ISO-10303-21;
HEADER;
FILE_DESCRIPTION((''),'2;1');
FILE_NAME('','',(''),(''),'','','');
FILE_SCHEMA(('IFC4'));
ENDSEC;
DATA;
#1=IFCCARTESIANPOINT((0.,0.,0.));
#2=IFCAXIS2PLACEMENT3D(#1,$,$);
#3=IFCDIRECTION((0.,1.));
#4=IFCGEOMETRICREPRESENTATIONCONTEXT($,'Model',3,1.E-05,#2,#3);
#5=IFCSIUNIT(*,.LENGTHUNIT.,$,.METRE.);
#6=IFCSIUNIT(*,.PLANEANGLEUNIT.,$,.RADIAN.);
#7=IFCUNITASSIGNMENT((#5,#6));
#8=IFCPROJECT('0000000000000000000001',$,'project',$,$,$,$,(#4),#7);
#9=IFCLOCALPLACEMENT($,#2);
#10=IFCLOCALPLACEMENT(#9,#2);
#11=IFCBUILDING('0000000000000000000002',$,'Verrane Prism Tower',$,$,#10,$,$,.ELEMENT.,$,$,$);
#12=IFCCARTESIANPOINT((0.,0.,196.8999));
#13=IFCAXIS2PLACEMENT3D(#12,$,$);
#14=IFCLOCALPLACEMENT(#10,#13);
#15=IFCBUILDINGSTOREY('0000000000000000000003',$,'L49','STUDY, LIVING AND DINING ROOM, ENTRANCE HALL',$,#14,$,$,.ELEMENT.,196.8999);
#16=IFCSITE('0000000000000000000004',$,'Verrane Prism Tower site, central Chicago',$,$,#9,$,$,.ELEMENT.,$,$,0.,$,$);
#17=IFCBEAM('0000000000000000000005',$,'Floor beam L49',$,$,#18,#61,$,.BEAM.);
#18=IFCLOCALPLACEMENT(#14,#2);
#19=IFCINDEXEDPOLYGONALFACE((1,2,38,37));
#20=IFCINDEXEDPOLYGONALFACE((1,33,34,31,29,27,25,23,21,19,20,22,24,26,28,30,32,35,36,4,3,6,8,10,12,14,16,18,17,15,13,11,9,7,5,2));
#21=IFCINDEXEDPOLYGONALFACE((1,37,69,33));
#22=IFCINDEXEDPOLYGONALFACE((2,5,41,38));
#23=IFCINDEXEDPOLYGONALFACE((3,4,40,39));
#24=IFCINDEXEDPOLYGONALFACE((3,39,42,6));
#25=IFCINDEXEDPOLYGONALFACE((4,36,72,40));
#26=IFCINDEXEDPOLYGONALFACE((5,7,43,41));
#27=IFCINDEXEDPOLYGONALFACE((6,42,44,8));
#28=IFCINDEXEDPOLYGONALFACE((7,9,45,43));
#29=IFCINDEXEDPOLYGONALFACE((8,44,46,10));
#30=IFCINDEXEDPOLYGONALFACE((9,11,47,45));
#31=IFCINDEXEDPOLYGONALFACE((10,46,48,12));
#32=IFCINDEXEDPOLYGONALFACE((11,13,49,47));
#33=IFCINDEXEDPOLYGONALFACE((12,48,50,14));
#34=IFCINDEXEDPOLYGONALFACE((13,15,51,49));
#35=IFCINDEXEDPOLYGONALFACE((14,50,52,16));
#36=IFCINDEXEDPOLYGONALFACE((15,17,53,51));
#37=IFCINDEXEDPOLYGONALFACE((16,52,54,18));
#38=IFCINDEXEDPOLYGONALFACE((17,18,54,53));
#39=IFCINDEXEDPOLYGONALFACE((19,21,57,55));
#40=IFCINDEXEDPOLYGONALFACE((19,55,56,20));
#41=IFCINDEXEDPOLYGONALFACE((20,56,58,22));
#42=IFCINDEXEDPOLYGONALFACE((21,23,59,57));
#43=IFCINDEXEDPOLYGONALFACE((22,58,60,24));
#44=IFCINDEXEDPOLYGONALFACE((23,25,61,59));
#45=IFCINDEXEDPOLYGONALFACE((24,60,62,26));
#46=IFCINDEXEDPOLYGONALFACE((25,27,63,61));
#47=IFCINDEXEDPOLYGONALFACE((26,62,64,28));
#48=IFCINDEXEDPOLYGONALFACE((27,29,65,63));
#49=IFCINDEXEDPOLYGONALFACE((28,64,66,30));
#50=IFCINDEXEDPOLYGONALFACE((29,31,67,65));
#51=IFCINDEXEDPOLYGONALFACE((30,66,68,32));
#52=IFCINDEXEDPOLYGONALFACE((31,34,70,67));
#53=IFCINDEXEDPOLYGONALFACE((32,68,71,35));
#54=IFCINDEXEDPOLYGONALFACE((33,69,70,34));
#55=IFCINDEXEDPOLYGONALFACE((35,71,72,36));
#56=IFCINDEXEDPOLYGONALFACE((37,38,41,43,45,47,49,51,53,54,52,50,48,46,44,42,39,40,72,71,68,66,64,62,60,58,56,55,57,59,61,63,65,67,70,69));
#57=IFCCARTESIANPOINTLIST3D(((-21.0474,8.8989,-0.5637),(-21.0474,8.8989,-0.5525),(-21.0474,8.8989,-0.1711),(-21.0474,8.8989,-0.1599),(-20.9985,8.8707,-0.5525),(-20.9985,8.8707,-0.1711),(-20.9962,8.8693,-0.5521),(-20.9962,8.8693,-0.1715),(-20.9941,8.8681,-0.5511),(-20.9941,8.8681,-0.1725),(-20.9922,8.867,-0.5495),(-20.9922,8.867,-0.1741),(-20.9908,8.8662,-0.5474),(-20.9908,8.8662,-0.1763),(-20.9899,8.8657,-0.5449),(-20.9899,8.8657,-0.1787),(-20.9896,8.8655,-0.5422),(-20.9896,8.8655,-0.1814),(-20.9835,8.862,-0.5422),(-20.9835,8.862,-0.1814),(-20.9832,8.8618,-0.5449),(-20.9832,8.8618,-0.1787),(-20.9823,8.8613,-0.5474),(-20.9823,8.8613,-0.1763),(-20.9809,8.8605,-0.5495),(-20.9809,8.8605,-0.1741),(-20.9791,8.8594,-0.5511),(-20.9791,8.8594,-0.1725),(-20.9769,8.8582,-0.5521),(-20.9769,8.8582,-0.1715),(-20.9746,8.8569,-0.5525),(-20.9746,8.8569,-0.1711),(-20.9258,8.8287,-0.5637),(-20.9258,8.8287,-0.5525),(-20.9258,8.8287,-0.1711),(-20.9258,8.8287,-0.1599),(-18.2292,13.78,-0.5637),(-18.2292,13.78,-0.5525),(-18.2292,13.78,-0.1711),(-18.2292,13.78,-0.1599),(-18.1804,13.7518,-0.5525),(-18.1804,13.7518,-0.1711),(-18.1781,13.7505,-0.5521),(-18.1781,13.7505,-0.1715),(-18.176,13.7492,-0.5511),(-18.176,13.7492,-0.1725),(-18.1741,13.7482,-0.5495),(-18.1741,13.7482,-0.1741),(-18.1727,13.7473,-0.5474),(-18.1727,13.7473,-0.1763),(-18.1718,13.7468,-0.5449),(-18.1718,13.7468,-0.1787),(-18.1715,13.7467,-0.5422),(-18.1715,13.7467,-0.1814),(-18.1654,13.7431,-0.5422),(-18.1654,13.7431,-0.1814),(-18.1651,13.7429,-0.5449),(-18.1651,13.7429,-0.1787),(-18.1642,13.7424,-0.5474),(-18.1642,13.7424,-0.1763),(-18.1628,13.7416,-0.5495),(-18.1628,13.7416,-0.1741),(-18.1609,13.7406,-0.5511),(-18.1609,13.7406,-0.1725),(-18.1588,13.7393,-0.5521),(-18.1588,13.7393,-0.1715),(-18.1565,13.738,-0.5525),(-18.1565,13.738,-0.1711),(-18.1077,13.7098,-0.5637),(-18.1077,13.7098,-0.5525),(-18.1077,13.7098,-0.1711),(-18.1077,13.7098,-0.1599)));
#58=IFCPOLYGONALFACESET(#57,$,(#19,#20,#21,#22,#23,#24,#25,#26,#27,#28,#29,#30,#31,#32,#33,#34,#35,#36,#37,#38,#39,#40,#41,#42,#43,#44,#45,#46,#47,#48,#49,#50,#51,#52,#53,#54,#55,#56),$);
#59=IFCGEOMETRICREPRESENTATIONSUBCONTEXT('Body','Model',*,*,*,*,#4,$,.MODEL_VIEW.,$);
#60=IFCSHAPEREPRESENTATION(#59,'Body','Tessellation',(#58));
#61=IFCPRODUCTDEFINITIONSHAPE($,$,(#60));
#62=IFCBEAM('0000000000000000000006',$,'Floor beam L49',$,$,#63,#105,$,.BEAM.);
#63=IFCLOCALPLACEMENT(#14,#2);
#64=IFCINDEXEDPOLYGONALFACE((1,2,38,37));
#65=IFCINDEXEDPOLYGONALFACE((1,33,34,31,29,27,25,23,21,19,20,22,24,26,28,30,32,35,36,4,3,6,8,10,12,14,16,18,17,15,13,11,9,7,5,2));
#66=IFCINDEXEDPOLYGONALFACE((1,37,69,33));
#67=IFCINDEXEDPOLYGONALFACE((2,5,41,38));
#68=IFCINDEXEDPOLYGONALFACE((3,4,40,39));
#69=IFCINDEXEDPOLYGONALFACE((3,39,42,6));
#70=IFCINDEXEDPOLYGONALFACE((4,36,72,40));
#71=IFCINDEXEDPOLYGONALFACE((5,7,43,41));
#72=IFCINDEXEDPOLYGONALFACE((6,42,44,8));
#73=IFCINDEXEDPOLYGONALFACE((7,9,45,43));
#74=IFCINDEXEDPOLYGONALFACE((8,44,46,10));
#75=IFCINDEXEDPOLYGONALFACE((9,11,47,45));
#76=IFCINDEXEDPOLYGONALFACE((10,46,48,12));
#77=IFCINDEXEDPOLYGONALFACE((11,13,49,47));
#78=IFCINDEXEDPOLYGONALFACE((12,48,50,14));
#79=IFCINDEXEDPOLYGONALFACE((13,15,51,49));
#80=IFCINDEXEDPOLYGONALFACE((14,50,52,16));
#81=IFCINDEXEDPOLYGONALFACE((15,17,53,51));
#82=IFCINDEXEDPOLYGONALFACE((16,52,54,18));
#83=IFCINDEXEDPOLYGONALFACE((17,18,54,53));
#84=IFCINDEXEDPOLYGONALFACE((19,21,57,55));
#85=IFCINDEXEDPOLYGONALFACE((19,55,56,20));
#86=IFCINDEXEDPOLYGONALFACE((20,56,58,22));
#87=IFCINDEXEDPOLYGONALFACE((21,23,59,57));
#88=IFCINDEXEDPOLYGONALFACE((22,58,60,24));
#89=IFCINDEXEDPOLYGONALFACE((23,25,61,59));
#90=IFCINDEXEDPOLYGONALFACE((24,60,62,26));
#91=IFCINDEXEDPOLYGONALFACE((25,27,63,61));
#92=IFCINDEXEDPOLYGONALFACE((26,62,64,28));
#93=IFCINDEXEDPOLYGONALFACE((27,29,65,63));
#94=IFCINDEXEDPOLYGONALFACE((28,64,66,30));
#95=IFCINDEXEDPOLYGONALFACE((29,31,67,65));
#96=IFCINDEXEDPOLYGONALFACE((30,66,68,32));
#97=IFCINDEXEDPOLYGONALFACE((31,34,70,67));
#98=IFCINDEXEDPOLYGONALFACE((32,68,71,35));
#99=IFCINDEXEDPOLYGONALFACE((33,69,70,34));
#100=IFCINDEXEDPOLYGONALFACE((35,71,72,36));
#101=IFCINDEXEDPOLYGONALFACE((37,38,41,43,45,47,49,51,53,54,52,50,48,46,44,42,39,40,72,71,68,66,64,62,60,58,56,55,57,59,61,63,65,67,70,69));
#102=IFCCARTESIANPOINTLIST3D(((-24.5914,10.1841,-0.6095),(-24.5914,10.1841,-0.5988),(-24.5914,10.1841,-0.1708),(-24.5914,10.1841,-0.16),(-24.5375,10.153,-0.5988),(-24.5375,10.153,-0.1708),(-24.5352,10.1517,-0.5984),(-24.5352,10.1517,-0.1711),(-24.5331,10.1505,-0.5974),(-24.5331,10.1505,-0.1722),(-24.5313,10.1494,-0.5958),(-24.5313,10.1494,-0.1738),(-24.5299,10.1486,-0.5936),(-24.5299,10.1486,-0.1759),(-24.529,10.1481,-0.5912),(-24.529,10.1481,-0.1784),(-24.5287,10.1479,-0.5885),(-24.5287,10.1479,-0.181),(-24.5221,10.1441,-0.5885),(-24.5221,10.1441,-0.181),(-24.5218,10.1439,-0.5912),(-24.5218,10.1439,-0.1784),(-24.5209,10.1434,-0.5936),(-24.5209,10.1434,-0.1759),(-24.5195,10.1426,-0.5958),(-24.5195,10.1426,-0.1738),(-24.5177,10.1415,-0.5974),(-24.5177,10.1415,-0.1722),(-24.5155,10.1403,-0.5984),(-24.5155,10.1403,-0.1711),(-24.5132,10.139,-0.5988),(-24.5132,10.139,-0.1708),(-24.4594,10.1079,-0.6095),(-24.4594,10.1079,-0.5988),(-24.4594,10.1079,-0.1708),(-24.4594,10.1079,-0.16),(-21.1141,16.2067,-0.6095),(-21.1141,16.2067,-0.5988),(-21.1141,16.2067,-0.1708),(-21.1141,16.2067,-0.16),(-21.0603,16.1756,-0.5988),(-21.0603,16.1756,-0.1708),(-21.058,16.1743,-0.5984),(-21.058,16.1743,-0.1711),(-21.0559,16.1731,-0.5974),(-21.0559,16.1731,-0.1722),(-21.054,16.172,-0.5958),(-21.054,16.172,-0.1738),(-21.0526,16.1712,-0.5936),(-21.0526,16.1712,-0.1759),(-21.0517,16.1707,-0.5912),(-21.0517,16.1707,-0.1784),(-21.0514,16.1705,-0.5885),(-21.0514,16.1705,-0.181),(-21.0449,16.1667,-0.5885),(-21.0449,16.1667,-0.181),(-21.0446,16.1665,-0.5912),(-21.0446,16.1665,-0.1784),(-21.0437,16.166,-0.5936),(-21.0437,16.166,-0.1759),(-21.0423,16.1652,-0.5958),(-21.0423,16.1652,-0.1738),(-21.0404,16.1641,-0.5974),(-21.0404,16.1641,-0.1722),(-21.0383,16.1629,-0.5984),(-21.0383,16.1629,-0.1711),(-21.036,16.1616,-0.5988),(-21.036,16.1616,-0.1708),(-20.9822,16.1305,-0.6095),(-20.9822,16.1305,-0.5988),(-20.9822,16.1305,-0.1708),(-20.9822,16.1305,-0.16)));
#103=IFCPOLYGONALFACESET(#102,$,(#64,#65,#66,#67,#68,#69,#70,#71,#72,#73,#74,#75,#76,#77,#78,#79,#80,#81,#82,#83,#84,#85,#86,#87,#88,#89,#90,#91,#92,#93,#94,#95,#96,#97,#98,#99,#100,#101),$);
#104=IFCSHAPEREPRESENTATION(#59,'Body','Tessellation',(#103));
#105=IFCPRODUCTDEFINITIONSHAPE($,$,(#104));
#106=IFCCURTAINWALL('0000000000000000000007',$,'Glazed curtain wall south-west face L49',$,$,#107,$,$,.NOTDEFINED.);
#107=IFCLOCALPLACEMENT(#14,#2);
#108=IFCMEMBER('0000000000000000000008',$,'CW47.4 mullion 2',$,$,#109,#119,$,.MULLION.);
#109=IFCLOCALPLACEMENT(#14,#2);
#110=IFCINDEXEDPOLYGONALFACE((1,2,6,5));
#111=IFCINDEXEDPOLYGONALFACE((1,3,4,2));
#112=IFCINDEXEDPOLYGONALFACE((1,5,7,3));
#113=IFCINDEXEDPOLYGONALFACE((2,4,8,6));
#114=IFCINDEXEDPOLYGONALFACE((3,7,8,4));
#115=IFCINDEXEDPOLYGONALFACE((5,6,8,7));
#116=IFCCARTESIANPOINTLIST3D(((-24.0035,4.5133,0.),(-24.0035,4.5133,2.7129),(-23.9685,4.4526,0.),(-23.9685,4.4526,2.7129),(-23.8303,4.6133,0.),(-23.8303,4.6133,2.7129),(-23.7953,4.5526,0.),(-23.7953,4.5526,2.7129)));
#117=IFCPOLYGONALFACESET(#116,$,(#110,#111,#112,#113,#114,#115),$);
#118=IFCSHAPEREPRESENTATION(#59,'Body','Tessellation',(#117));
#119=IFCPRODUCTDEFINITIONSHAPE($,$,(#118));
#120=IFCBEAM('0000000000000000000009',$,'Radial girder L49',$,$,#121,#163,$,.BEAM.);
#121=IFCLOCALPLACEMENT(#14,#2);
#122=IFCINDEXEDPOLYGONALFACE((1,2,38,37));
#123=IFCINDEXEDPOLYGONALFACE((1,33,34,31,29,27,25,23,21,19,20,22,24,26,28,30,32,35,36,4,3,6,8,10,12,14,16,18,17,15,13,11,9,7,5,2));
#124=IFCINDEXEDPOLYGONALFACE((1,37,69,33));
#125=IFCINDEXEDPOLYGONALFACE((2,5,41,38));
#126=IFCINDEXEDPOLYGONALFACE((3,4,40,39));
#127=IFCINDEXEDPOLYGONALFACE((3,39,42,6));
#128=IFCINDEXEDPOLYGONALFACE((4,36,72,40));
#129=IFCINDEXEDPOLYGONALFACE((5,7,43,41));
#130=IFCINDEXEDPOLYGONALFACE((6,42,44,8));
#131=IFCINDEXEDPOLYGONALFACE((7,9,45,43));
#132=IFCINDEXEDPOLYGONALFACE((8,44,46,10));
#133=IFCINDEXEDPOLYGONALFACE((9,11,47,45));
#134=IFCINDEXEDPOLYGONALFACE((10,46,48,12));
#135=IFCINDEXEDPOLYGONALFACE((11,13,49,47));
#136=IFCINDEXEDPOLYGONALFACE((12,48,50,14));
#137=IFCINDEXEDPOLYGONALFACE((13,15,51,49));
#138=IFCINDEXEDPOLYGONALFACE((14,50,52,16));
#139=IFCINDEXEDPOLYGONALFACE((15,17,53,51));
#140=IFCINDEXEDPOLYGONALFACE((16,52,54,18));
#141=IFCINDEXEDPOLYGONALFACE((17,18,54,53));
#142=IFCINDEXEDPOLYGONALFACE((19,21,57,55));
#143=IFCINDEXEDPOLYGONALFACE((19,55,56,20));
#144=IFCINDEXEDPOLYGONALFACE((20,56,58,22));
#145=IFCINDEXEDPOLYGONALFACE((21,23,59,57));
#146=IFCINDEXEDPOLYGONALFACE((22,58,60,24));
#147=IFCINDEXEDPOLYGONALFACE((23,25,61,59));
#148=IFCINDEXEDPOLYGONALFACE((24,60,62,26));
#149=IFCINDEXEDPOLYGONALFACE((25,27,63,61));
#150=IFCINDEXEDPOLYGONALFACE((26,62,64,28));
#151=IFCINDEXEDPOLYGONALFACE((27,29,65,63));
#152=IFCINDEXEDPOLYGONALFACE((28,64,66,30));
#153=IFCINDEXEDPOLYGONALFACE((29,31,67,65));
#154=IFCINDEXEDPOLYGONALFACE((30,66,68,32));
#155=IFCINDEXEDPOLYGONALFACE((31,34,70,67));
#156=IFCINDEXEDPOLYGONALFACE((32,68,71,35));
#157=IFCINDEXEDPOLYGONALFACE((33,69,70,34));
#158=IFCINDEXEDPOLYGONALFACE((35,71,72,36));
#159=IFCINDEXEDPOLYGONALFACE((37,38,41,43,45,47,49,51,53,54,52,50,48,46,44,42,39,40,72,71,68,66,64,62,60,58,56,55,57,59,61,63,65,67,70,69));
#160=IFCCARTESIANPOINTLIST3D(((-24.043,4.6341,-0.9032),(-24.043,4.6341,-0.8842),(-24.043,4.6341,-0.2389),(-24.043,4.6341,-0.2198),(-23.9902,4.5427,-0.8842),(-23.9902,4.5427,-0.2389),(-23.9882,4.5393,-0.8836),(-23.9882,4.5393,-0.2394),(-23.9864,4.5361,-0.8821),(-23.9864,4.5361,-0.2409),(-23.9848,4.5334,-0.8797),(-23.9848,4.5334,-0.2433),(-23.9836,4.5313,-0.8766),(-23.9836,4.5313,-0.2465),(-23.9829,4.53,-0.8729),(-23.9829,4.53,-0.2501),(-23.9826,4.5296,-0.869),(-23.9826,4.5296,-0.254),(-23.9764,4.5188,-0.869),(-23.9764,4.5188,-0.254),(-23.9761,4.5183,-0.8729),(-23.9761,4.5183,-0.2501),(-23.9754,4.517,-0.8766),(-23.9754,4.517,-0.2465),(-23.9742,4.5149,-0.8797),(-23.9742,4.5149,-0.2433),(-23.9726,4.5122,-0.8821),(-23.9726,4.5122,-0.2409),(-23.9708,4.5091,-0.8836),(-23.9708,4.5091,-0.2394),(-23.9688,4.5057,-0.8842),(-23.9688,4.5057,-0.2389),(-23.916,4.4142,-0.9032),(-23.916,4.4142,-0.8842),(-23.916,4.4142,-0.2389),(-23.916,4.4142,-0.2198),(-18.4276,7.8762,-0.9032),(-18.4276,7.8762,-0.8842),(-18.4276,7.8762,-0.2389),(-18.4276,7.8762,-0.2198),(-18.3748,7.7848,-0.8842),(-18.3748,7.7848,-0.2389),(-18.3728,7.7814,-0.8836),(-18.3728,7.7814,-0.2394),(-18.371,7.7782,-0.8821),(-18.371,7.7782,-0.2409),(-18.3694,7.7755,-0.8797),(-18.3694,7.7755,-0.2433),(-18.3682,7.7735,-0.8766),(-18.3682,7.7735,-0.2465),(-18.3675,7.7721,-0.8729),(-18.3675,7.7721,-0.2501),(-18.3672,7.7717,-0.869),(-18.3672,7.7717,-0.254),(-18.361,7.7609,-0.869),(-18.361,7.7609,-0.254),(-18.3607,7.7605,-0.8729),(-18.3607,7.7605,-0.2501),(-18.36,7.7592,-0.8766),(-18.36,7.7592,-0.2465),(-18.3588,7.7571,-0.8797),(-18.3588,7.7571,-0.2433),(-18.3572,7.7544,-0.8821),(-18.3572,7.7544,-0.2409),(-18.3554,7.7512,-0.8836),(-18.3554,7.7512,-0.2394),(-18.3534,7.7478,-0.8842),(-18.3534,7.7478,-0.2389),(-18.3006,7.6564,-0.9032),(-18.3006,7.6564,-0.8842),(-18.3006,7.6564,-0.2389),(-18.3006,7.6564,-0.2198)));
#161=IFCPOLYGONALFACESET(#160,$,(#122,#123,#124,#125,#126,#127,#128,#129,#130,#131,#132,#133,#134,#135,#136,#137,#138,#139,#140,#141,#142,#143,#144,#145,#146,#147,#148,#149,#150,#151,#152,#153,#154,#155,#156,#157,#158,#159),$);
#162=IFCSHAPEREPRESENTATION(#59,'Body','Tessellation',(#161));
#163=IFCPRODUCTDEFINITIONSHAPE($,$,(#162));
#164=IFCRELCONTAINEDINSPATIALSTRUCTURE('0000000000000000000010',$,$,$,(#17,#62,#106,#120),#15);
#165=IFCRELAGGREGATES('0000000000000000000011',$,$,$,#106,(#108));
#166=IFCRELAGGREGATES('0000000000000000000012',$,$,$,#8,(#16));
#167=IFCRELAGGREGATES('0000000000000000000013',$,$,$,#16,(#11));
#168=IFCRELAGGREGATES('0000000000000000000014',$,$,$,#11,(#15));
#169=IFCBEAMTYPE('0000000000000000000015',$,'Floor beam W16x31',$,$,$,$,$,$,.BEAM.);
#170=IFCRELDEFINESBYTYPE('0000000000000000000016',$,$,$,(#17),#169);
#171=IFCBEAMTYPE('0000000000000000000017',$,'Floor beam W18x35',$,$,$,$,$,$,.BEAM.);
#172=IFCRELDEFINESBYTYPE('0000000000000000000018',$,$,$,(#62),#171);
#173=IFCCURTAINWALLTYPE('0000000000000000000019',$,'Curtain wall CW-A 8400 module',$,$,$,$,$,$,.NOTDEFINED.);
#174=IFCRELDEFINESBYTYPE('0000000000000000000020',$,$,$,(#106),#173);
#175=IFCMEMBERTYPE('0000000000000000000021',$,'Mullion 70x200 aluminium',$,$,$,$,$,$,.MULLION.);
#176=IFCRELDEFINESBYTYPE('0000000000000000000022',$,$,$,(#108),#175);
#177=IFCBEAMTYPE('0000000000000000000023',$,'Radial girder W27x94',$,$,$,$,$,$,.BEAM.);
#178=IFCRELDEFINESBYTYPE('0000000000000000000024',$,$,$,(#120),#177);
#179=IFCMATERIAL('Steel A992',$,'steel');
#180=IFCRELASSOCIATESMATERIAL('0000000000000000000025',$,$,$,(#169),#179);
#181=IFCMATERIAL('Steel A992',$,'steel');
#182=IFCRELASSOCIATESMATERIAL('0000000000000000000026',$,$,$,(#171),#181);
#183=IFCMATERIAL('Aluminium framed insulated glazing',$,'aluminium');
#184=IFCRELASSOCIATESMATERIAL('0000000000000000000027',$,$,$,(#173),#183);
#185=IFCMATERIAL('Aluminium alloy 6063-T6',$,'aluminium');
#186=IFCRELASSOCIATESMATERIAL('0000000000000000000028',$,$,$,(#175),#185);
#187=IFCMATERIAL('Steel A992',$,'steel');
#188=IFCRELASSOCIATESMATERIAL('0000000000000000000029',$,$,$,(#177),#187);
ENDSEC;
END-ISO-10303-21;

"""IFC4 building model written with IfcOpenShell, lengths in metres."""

from ifc_helpers import new_model, si_unit, direction, frame, origin, origin_2d, place, context, subcontext, project, spatial, rectangle, i_section, extrude, material, material_profile, profile_set, type_object, element, aggregate, save


model = new_model("IFC4")

# Units and contexts
model_context = context("Model", 3, precision=1e-05, world=origin(), true_north=direction((0.0, 1.0)))
body_context = subcontext(model_context, "Body", "Model", "MODEL_VIEW")
ifc_project = project(units=[si_unit("LENGTHUNIT", "METRE"), si_unit("PLANEANGLEUNIT", "RADIAN")], contexts=[model_context])

# Site, building, storey
site_placement = place(None, origin())
site = spatial("IfcSite", under=ifc_project, at=site_placement, Name="Verrane Prism Tower site, central Chicago", CompositionType="ELEMENT", RefElevation=0.0)
building_placement = place(site_placement, origin())
building = spatial("IfcBuilding", under=site, at=building_placement, Name="Verrane Prism Tower", CompositionType="ELEMENT")
storey_placement = place(building_placement, frame((0.0, 0.0, 196.8999)))
storey = spatial("IfcBuildingStorey", under=building, at=storey_placement, Name="L49", Description="STUDY, LIVING AND DINING ROOM, ENTRANCE HALL", CompositionType="ELEMENT", Elevation=196.8999)

# Beams
ifc_material_1 = material(Name="Steel A992", Category="steel")
ifc_material_profile_1 = material_profile(ifc_material_1, i_section(OverallWidth=0.1404, OverallDepth=0.4038, WebThickness=0.0071, FlangeThickness=0.0112, FilletRadius=0.0103, at=origin_2d()), Name="W16x31")
ifc_profile_set_1 = profile_set([ifc_material_profile_1], Name="Steel A992")
beam_type_1 = type_object("IfcBeamType", Name="Floor beam W16x31", PredefinedType="BEAM", material=ifc_profile_set_1)
beam_1_placement = place(storey_placement, frame((-20.9866, 8.8638, -0.3618), z_axis=(0.500001, 0.866025, 0.0), x_axis=(-0.866025, 0.500001, 0.0)))
element("IfcBeam", 1, at=beam_1_placement, inside=storey, type_object=beam_type_1, Name="Floor beam L49", PredefinedType="BEAM", context=body_context, shape_type="SweptSolid", body=[
    extrude(i_section(OverallWidth=0.1404, OverallDepth=0.4038, WebThickness=0.0071, FlangeThickness=0.0112, FilletRadius=0.0103, at=origin_2d()), origin(), (0.0, 0.0, 1.0), 5.6362),
])
ifc_material_2 = material(Name="Steel A992", Category="steel")
ifc_material_profile_2 = material_profile(ifc_material_2, i_section(OverallWidth=0.1523, OverallDepth=0.4495, WebThickness=0.0076, FlangeThickness=0.0107, FilletRadius=0.0103, at=origin_2d()), Name="W18x35")
ifc_profile_set_2 = profile_set([ifc_material_profile_2], Name="Steel A992")
beam_type_2 = type_object("IfcBeamType", Name="Floor beam W18x35", PredefinedType="BEAM", material=ifc_profile_set_2)
beam_2_placement = place(storey_placement, frame((-24.5254, 10.146, -0.3848), z_axis=(0.500009, 0.86602, 0.0), x_axis=(-0.86602, 0.500009, 0.0)))
element("IfcBeam", 2, at=beam_2_placement, inside=storey, type_object=beam_type_2, Name="Floor beam L49", PredefinedType="BEAM", context=body_context, shape_type="SweptSolid", body=[
    extrude(i_section(OverallWidth=0.1523, OverallDepth=0.4495, WebThickness=0.0076, FlangeThickness=0.0107, FilletRadius=0.0103, at=origin_2d()), origin(), (0.0, 0.0, 1.0), 6.9543),
])

# Curtain wall, member
ifc_material_3 = material(Name="Aluminium framed insulated glazing", Category="aluminium")
curtain_wall_type = type_object("IfcCurtainWallType", Name="Curtain wall CW-A 8400 module", PredefinedType="NOTDEFINED", material=ifc_material_3)
curtain_wall_placement = place(storey_placement, origin())
curtain_wall = element("IfcCurtainWall", 3, at=curtain_wall_placement, inside=storey, type_object=curtain_wall_type, Name="Glazed curtain wall south-west face L49", PredefinedType="NOTDEFINED")
ifc_material_4 = material(Name="Aluminium alloy 6063-T6", Category="aluminium")
ifc_material_profile_3 = material_profile(ifc_material_4, rectangle(XDim=0.2, YDim=0.0701, at=origin_2d()), Name="Mullion 70x200 aluminium")
ifc_profile_set_3 = profile_set([ifc_material_profile_3], Name="Aluminium alloy 6063-T6")
member_type_1 = type_object("IfcMemberType", Name="Mullion 70x200 aluminium", PredefinedType="MULLION", material=ifc_profile_set_3)
member_1_placement = place(storey_placement, frame((-23.8994, 4.533, 0.0), z_axis=(0.0, 0.0, 1.0), x_axis=(0.866026, 0.5, 0.0)))
member_1 = element("IfcMember", 4, at=member_1_placement, type_object=member_type_1, Name="CW47.4 mullion 2", PredefinedType="MULLION", context=body_context, shape_type="SweptSolid", body=[
    extrude(rectangle(XDim=0.2, YDim=0.0701, at=origin_2d()), origin(), (0.0, 0.0, 1.0), 2.7129),
])

# Beam
ifc_material_5 = material(Name="Steel A992", Category="steel")
ifc_material_profile_4 = material_profile(ifc_material_5, i_section(OverallWidth=0.2539, OverallDepth=0.6833, WebThickness=0.0125, FlangeThickness=0.019, FilletRadius=0.0151, at=origin_2d()), Name="W27x94")
ifc_profile_set_4 = profile_set([ifc_material_profile_4], Name="Steel A992")
beam_type_3 = type_object("IfcBeamType", Name="Radial girder W27x94", PredefinedType="BEAM", material=ifc_profile_set_4)
beam_3_placement = place(storey_placement, frame((-23.9795, 4.5242, -0.5615), z_axis=(0.866019, 0.50001, 0.0), x_axis=(-0.50001, 0.866019, 0.0)))
element("IfcBeam", 5, at=beam_3_placement, inside=storey, type_object=beam_type_3, Name="Radial girder L49", PredefinedType="BEAM", context=body_context, shape_type="SweptSolid", body=[
    extrude(i_section(OverallWidth=0.2539, OverallDepth=0.6833, WebThickness=0.0125, FlangeThickness=0.019, FilletRadius=0.0151, at=origin_2d()), origin(), (0.0, 0.0, 1.0), 6.4841),
])

aggregate(curtain_wall, [member_1])

save(model, "model.ifc")
